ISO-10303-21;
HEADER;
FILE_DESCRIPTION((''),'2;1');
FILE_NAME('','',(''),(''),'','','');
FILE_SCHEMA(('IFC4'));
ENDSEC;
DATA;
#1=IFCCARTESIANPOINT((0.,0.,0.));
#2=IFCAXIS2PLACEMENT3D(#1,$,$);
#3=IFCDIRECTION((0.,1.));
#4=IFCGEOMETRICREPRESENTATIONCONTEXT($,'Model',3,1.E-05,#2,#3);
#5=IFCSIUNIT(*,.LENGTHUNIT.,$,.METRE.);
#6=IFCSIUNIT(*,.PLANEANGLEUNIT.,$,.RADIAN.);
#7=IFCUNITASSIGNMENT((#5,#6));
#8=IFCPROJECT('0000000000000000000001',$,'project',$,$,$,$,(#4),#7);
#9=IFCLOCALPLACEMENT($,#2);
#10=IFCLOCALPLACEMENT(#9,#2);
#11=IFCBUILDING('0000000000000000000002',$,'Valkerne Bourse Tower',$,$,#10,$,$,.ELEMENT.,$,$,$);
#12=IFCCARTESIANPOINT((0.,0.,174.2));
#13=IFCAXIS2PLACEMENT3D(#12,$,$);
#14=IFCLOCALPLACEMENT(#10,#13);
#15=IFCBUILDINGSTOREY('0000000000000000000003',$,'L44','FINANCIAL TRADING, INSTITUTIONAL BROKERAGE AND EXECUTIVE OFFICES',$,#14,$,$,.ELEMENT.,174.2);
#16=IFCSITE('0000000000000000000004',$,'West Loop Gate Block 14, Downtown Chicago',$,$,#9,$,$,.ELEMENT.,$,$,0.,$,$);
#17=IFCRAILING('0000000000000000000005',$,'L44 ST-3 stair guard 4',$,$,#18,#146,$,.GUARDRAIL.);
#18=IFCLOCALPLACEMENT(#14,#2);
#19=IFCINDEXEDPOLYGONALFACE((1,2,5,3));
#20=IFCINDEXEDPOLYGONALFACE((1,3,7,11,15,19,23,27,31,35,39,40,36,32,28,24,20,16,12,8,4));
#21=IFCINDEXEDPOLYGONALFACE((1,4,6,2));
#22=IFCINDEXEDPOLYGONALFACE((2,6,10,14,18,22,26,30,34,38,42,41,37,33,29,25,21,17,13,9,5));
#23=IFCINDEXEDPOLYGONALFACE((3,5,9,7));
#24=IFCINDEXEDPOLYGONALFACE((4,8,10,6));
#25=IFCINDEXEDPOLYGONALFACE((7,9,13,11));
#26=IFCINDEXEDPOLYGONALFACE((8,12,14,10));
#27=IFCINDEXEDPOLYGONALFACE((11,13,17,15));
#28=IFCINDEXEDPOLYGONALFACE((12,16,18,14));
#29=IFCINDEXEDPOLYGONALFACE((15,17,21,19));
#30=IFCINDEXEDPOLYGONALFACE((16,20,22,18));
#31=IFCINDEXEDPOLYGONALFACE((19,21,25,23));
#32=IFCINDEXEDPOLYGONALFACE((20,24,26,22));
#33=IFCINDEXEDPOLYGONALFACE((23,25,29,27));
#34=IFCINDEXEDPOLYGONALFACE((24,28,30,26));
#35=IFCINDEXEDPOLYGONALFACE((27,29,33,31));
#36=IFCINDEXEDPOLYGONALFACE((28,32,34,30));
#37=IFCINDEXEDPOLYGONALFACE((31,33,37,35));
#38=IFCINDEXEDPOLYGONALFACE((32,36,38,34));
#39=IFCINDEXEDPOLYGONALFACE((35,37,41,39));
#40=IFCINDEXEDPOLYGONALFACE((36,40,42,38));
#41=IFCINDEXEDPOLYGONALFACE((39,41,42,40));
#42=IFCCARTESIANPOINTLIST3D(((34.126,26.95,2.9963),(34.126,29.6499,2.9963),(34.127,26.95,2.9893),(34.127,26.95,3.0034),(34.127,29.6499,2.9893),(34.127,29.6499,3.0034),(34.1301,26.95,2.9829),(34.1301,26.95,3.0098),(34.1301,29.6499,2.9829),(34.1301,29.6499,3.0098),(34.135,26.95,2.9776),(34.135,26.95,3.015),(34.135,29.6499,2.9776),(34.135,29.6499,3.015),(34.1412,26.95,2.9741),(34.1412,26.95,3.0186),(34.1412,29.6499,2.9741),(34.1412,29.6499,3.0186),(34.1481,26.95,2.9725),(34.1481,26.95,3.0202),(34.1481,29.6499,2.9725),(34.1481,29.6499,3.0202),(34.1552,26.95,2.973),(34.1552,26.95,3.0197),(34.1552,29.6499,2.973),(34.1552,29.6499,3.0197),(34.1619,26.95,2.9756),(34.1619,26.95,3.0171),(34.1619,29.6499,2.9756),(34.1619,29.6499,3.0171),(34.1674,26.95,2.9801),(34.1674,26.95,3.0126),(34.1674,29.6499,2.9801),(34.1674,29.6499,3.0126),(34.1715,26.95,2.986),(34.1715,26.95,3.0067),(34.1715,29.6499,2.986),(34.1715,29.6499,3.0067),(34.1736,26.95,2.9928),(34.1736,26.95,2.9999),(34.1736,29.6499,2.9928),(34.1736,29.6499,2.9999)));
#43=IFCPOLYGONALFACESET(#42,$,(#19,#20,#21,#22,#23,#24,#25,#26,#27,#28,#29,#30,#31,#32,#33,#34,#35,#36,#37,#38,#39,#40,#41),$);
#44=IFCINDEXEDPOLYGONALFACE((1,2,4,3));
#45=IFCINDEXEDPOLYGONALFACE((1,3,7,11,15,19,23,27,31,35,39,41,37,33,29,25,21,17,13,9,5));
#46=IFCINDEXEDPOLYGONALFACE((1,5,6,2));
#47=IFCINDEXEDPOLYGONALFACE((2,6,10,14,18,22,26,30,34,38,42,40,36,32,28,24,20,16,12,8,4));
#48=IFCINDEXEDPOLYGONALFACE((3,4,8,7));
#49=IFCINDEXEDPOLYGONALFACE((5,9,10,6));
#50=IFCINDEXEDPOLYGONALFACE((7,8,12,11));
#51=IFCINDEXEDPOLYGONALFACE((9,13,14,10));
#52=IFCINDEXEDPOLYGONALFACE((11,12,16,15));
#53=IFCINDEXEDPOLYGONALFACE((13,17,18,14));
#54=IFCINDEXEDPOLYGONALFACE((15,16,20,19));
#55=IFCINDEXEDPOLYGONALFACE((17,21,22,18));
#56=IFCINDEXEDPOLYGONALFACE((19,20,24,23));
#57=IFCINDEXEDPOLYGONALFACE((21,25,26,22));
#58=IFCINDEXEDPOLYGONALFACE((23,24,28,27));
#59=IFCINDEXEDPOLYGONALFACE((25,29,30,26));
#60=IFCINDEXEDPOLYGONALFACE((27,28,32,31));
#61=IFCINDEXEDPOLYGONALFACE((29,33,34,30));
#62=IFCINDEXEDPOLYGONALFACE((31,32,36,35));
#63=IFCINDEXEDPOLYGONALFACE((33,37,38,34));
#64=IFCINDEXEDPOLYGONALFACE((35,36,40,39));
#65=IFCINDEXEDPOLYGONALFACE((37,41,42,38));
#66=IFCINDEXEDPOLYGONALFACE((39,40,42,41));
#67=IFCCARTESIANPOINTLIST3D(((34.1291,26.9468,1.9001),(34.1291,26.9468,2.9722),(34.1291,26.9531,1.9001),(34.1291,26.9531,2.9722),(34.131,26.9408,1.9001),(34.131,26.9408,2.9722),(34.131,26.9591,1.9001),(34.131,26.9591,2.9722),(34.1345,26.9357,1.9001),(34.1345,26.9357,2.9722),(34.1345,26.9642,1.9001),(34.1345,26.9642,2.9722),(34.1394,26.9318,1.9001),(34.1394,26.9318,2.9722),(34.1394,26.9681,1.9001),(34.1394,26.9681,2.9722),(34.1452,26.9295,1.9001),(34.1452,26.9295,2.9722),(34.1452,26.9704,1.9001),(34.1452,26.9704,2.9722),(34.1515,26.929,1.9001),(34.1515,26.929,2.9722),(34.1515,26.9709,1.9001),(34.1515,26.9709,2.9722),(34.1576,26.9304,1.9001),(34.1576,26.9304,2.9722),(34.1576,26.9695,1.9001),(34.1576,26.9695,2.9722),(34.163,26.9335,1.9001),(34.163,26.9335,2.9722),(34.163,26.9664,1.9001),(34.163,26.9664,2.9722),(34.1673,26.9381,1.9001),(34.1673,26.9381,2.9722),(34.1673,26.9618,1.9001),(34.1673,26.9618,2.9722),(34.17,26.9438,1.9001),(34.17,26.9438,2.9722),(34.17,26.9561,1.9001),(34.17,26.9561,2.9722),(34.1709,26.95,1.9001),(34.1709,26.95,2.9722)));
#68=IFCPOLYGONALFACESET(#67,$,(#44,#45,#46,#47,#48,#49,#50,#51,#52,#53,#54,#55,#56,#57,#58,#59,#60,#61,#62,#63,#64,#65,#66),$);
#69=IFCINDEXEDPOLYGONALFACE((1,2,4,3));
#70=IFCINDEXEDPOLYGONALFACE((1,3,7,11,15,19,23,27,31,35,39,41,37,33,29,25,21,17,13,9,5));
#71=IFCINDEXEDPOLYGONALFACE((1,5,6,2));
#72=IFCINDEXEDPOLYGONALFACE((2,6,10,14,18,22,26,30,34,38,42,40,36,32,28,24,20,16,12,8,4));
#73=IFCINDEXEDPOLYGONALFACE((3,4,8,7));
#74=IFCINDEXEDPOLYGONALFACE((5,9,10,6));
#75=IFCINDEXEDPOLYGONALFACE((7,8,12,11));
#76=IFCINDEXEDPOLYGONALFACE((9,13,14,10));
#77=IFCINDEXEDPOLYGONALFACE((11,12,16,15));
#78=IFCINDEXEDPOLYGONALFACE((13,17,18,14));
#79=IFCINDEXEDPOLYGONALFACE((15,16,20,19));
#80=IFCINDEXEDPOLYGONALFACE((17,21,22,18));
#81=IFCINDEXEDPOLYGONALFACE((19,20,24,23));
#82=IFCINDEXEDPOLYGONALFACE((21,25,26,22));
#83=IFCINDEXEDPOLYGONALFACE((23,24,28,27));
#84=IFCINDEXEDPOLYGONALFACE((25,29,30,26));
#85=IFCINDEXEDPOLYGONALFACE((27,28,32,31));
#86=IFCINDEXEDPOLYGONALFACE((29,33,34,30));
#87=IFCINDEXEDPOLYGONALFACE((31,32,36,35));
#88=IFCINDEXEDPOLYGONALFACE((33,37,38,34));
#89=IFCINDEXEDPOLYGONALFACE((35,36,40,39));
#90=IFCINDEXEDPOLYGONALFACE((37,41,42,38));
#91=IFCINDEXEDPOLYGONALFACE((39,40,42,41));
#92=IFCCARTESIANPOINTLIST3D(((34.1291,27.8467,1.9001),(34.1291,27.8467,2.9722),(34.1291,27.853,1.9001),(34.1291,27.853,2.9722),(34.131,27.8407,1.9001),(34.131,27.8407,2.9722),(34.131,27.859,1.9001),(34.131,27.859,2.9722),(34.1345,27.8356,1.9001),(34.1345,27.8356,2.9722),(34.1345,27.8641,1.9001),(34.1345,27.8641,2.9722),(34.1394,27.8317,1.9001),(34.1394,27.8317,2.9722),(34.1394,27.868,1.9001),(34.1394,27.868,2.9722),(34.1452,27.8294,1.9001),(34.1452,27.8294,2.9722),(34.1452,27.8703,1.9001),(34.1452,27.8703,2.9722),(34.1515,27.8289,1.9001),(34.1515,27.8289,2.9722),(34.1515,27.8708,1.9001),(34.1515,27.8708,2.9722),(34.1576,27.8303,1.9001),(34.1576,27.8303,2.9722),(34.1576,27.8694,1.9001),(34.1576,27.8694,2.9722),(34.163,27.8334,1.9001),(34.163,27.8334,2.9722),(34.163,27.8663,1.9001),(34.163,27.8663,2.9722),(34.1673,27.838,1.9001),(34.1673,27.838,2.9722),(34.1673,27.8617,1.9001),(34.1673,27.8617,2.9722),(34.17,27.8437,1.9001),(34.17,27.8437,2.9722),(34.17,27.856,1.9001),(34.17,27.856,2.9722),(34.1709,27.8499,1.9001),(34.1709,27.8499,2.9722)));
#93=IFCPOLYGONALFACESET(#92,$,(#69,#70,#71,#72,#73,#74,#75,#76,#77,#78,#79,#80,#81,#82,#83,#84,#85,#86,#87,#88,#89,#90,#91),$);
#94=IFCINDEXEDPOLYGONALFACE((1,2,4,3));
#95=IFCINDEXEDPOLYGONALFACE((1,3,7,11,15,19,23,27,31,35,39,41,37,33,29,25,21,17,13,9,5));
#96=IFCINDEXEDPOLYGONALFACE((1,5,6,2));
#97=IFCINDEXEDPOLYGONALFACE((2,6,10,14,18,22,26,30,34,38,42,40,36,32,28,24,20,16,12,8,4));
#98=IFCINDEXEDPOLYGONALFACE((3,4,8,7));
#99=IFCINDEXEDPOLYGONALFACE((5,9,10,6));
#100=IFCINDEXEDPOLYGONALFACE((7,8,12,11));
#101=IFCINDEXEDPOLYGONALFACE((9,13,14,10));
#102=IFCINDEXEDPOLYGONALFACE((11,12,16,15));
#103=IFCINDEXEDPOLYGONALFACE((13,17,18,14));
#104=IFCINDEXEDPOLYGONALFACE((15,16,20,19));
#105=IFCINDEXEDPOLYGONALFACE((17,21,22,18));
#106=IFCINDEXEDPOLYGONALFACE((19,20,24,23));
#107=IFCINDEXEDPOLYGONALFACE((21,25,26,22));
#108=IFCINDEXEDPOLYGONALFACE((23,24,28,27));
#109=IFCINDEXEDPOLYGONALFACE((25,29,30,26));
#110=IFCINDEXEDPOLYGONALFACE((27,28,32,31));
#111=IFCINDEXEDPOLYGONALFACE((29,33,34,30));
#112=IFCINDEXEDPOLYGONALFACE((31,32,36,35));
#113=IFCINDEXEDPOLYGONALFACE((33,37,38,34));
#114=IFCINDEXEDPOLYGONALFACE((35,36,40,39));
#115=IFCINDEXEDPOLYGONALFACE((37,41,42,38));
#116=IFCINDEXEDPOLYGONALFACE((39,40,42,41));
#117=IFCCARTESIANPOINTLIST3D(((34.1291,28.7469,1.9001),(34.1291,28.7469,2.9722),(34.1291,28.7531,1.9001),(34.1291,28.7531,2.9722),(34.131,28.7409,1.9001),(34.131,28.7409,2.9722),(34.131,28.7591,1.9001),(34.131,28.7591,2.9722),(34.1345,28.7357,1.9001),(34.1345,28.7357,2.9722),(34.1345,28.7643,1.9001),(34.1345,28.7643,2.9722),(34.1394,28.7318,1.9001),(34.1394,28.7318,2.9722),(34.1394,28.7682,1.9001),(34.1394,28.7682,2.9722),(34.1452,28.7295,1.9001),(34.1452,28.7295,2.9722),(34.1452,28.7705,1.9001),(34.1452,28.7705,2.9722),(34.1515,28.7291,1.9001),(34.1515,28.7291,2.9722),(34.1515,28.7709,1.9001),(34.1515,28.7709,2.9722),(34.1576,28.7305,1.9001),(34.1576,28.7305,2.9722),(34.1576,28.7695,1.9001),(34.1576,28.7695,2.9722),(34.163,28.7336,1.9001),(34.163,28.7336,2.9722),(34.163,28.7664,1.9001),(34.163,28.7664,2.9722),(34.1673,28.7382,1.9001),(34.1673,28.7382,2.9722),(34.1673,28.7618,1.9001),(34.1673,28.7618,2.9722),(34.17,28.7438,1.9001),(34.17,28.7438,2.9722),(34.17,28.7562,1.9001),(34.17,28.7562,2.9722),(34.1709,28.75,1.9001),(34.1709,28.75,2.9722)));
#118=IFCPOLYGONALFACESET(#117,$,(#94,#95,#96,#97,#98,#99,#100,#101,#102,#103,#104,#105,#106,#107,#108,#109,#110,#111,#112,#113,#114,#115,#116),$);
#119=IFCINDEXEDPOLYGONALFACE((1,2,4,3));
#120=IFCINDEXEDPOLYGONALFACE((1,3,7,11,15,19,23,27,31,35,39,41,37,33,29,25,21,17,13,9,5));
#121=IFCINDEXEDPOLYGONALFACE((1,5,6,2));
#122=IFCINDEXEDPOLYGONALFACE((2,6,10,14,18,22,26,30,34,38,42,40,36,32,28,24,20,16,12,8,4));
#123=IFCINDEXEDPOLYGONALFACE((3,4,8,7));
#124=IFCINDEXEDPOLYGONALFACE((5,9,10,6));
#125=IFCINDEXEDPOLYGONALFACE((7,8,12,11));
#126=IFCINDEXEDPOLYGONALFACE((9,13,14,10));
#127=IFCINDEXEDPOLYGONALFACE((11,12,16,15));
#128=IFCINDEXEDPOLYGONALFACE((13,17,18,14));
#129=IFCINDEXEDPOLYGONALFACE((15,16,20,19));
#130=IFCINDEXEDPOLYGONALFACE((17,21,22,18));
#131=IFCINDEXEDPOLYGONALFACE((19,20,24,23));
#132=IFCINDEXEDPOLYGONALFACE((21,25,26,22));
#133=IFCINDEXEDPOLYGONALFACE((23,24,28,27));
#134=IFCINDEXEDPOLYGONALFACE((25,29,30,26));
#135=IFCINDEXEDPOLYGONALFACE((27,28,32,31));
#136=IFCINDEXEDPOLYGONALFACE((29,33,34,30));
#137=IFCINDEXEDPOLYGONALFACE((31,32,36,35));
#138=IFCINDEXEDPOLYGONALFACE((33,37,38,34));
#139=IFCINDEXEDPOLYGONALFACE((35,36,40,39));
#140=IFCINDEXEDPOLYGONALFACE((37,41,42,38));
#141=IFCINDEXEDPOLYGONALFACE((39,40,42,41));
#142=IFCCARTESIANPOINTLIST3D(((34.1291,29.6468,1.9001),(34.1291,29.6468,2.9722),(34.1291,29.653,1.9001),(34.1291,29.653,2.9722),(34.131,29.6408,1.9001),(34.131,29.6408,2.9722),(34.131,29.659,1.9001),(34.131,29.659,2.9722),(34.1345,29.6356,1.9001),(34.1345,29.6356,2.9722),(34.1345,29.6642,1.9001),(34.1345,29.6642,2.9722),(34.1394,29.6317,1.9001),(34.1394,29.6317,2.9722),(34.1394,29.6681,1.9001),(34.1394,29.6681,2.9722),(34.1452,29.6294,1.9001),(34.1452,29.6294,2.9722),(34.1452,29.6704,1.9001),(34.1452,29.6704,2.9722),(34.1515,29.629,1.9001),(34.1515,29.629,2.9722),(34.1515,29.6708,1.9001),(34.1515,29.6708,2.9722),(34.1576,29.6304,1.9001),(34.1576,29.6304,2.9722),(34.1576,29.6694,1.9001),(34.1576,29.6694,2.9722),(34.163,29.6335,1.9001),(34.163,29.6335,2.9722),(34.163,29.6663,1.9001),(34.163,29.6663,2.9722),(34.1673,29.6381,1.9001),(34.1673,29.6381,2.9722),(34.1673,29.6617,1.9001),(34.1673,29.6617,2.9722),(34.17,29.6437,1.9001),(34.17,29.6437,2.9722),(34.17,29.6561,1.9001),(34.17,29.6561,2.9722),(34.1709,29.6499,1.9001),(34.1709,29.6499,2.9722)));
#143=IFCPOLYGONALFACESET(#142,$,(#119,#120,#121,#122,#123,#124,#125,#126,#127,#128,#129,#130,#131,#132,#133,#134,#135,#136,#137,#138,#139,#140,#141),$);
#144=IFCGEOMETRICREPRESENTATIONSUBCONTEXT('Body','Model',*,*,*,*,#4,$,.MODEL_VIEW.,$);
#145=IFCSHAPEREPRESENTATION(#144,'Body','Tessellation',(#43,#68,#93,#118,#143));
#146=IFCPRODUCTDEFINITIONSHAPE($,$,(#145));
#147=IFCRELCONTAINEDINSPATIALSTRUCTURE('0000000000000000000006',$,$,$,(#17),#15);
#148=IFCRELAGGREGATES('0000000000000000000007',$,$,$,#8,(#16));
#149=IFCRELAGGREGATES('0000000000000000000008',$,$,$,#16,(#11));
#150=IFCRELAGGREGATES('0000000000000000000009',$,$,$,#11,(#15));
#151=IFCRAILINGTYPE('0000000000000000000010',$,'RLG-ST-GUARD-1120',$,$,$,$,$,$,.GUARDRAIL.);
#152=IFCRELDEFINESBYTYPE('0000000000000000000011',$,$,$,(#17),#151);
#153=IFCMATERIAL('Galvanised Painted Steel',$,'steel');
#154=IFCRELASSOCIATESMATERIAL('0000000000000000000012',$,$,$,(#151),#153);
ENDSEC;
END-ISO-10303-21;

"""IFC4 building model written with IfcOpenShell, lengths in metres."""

from ifc_helpers import new_model, si_unit, direction, frame, origin, origin_2d, place, context, subcontext, project, spatial, circle, extrude, material, type_object, element, save


model = new_model("IFC4")

# Units and contexts
model_context = context("Model", 3, precision=1e-05, world=origin(), true_north=direction((0.0, 1.0)))
body_context = subcontext(model_context, "Body", "Model", "MODEL_VIEW")
ifc_project = project(units=[si_unit("LENGTHUNIT", "METRE"), si_unit("PLANEANGLEUNIT", "RADIAN")], contexts=[model_context])

# Site, building, storey
site_placement = place(None, origin())
site = spatial("IfcSite", under=ifc_project, at=site_placement, Name="West Loop Gate Block 14, Downtown Chicago", CompositionType="ELEMENT", RefElevation=0.0)
building_placement = place(site_placement, origin())
building = spatial("IfcBuilding", under=site, at=building_placement, Name="Valkerne Bourse Tower", CompositionType="ELEMENT")
storey_placement = place(building_placement, frame((0.0, 0.0, 174.2)))
storey = spatial("IfcBuildingStorey", under=building, at=storey_placement, Name="L44", Description="FINANCIAL TRADING, INSTITUTIONAL BROKERAGE AND EXECUTIVE OFFICES", CompositionType="ELEMENT", Elevation=174.2)

# Railing
ifc_material_1 = material(Name="Galvanised Painted Steel", Category="steel")
railing_type_1 = type_object("IfcRailingType", Name="RLG-ST-GUARD-1120", PredefinedType="GUARDRAIL", material=ifc_material_1)
for number, where, name in (
    (1, (34.1499, 26.95, 1.9001), "L44 ST-3 stair guard 4"),
):
    element("IfcRailing", number, at=place(storey_placement, frame(where)), inside=storey, type_object=railing_type_1, Name=name, PredefinedType="GUARDRAIL", context=body_context, shape_type="SweptSolid", body=[
        extrude(circle(Radius=0.0239, at=origin_2d()), frame((0.0, 0.0, 1.0962), z_axis=(0.0, 1.0, 0.0), x_axis=(-1.0, 0.0, 0.0)), (0.0, 0.0, 1.0), 2.7),
        extrude(circle(Radius=0.021, at=origin_2d()), origin(), (0.0, 0.0, 1.0), 1.072),
        extrude(circle(Radius=0.021, at=origin_2d()), frame((0.0, 0.8999, 0.0)), (0.0, 0.0, 1.0), 1.072),
        extrude(circle(Radius=0.021, at=origin_2d()), frame((0.0, 1.8, 0.0)), (0.0, 0.0, 1.0), 1.072),
        extrude(circle(Radius=0.021, at=origin_2d()), frame((0.0, 2.7, 0.0)), (0.0, 0.0, 1.0), 1.072),
    ])

save(model, "model.ifc")
